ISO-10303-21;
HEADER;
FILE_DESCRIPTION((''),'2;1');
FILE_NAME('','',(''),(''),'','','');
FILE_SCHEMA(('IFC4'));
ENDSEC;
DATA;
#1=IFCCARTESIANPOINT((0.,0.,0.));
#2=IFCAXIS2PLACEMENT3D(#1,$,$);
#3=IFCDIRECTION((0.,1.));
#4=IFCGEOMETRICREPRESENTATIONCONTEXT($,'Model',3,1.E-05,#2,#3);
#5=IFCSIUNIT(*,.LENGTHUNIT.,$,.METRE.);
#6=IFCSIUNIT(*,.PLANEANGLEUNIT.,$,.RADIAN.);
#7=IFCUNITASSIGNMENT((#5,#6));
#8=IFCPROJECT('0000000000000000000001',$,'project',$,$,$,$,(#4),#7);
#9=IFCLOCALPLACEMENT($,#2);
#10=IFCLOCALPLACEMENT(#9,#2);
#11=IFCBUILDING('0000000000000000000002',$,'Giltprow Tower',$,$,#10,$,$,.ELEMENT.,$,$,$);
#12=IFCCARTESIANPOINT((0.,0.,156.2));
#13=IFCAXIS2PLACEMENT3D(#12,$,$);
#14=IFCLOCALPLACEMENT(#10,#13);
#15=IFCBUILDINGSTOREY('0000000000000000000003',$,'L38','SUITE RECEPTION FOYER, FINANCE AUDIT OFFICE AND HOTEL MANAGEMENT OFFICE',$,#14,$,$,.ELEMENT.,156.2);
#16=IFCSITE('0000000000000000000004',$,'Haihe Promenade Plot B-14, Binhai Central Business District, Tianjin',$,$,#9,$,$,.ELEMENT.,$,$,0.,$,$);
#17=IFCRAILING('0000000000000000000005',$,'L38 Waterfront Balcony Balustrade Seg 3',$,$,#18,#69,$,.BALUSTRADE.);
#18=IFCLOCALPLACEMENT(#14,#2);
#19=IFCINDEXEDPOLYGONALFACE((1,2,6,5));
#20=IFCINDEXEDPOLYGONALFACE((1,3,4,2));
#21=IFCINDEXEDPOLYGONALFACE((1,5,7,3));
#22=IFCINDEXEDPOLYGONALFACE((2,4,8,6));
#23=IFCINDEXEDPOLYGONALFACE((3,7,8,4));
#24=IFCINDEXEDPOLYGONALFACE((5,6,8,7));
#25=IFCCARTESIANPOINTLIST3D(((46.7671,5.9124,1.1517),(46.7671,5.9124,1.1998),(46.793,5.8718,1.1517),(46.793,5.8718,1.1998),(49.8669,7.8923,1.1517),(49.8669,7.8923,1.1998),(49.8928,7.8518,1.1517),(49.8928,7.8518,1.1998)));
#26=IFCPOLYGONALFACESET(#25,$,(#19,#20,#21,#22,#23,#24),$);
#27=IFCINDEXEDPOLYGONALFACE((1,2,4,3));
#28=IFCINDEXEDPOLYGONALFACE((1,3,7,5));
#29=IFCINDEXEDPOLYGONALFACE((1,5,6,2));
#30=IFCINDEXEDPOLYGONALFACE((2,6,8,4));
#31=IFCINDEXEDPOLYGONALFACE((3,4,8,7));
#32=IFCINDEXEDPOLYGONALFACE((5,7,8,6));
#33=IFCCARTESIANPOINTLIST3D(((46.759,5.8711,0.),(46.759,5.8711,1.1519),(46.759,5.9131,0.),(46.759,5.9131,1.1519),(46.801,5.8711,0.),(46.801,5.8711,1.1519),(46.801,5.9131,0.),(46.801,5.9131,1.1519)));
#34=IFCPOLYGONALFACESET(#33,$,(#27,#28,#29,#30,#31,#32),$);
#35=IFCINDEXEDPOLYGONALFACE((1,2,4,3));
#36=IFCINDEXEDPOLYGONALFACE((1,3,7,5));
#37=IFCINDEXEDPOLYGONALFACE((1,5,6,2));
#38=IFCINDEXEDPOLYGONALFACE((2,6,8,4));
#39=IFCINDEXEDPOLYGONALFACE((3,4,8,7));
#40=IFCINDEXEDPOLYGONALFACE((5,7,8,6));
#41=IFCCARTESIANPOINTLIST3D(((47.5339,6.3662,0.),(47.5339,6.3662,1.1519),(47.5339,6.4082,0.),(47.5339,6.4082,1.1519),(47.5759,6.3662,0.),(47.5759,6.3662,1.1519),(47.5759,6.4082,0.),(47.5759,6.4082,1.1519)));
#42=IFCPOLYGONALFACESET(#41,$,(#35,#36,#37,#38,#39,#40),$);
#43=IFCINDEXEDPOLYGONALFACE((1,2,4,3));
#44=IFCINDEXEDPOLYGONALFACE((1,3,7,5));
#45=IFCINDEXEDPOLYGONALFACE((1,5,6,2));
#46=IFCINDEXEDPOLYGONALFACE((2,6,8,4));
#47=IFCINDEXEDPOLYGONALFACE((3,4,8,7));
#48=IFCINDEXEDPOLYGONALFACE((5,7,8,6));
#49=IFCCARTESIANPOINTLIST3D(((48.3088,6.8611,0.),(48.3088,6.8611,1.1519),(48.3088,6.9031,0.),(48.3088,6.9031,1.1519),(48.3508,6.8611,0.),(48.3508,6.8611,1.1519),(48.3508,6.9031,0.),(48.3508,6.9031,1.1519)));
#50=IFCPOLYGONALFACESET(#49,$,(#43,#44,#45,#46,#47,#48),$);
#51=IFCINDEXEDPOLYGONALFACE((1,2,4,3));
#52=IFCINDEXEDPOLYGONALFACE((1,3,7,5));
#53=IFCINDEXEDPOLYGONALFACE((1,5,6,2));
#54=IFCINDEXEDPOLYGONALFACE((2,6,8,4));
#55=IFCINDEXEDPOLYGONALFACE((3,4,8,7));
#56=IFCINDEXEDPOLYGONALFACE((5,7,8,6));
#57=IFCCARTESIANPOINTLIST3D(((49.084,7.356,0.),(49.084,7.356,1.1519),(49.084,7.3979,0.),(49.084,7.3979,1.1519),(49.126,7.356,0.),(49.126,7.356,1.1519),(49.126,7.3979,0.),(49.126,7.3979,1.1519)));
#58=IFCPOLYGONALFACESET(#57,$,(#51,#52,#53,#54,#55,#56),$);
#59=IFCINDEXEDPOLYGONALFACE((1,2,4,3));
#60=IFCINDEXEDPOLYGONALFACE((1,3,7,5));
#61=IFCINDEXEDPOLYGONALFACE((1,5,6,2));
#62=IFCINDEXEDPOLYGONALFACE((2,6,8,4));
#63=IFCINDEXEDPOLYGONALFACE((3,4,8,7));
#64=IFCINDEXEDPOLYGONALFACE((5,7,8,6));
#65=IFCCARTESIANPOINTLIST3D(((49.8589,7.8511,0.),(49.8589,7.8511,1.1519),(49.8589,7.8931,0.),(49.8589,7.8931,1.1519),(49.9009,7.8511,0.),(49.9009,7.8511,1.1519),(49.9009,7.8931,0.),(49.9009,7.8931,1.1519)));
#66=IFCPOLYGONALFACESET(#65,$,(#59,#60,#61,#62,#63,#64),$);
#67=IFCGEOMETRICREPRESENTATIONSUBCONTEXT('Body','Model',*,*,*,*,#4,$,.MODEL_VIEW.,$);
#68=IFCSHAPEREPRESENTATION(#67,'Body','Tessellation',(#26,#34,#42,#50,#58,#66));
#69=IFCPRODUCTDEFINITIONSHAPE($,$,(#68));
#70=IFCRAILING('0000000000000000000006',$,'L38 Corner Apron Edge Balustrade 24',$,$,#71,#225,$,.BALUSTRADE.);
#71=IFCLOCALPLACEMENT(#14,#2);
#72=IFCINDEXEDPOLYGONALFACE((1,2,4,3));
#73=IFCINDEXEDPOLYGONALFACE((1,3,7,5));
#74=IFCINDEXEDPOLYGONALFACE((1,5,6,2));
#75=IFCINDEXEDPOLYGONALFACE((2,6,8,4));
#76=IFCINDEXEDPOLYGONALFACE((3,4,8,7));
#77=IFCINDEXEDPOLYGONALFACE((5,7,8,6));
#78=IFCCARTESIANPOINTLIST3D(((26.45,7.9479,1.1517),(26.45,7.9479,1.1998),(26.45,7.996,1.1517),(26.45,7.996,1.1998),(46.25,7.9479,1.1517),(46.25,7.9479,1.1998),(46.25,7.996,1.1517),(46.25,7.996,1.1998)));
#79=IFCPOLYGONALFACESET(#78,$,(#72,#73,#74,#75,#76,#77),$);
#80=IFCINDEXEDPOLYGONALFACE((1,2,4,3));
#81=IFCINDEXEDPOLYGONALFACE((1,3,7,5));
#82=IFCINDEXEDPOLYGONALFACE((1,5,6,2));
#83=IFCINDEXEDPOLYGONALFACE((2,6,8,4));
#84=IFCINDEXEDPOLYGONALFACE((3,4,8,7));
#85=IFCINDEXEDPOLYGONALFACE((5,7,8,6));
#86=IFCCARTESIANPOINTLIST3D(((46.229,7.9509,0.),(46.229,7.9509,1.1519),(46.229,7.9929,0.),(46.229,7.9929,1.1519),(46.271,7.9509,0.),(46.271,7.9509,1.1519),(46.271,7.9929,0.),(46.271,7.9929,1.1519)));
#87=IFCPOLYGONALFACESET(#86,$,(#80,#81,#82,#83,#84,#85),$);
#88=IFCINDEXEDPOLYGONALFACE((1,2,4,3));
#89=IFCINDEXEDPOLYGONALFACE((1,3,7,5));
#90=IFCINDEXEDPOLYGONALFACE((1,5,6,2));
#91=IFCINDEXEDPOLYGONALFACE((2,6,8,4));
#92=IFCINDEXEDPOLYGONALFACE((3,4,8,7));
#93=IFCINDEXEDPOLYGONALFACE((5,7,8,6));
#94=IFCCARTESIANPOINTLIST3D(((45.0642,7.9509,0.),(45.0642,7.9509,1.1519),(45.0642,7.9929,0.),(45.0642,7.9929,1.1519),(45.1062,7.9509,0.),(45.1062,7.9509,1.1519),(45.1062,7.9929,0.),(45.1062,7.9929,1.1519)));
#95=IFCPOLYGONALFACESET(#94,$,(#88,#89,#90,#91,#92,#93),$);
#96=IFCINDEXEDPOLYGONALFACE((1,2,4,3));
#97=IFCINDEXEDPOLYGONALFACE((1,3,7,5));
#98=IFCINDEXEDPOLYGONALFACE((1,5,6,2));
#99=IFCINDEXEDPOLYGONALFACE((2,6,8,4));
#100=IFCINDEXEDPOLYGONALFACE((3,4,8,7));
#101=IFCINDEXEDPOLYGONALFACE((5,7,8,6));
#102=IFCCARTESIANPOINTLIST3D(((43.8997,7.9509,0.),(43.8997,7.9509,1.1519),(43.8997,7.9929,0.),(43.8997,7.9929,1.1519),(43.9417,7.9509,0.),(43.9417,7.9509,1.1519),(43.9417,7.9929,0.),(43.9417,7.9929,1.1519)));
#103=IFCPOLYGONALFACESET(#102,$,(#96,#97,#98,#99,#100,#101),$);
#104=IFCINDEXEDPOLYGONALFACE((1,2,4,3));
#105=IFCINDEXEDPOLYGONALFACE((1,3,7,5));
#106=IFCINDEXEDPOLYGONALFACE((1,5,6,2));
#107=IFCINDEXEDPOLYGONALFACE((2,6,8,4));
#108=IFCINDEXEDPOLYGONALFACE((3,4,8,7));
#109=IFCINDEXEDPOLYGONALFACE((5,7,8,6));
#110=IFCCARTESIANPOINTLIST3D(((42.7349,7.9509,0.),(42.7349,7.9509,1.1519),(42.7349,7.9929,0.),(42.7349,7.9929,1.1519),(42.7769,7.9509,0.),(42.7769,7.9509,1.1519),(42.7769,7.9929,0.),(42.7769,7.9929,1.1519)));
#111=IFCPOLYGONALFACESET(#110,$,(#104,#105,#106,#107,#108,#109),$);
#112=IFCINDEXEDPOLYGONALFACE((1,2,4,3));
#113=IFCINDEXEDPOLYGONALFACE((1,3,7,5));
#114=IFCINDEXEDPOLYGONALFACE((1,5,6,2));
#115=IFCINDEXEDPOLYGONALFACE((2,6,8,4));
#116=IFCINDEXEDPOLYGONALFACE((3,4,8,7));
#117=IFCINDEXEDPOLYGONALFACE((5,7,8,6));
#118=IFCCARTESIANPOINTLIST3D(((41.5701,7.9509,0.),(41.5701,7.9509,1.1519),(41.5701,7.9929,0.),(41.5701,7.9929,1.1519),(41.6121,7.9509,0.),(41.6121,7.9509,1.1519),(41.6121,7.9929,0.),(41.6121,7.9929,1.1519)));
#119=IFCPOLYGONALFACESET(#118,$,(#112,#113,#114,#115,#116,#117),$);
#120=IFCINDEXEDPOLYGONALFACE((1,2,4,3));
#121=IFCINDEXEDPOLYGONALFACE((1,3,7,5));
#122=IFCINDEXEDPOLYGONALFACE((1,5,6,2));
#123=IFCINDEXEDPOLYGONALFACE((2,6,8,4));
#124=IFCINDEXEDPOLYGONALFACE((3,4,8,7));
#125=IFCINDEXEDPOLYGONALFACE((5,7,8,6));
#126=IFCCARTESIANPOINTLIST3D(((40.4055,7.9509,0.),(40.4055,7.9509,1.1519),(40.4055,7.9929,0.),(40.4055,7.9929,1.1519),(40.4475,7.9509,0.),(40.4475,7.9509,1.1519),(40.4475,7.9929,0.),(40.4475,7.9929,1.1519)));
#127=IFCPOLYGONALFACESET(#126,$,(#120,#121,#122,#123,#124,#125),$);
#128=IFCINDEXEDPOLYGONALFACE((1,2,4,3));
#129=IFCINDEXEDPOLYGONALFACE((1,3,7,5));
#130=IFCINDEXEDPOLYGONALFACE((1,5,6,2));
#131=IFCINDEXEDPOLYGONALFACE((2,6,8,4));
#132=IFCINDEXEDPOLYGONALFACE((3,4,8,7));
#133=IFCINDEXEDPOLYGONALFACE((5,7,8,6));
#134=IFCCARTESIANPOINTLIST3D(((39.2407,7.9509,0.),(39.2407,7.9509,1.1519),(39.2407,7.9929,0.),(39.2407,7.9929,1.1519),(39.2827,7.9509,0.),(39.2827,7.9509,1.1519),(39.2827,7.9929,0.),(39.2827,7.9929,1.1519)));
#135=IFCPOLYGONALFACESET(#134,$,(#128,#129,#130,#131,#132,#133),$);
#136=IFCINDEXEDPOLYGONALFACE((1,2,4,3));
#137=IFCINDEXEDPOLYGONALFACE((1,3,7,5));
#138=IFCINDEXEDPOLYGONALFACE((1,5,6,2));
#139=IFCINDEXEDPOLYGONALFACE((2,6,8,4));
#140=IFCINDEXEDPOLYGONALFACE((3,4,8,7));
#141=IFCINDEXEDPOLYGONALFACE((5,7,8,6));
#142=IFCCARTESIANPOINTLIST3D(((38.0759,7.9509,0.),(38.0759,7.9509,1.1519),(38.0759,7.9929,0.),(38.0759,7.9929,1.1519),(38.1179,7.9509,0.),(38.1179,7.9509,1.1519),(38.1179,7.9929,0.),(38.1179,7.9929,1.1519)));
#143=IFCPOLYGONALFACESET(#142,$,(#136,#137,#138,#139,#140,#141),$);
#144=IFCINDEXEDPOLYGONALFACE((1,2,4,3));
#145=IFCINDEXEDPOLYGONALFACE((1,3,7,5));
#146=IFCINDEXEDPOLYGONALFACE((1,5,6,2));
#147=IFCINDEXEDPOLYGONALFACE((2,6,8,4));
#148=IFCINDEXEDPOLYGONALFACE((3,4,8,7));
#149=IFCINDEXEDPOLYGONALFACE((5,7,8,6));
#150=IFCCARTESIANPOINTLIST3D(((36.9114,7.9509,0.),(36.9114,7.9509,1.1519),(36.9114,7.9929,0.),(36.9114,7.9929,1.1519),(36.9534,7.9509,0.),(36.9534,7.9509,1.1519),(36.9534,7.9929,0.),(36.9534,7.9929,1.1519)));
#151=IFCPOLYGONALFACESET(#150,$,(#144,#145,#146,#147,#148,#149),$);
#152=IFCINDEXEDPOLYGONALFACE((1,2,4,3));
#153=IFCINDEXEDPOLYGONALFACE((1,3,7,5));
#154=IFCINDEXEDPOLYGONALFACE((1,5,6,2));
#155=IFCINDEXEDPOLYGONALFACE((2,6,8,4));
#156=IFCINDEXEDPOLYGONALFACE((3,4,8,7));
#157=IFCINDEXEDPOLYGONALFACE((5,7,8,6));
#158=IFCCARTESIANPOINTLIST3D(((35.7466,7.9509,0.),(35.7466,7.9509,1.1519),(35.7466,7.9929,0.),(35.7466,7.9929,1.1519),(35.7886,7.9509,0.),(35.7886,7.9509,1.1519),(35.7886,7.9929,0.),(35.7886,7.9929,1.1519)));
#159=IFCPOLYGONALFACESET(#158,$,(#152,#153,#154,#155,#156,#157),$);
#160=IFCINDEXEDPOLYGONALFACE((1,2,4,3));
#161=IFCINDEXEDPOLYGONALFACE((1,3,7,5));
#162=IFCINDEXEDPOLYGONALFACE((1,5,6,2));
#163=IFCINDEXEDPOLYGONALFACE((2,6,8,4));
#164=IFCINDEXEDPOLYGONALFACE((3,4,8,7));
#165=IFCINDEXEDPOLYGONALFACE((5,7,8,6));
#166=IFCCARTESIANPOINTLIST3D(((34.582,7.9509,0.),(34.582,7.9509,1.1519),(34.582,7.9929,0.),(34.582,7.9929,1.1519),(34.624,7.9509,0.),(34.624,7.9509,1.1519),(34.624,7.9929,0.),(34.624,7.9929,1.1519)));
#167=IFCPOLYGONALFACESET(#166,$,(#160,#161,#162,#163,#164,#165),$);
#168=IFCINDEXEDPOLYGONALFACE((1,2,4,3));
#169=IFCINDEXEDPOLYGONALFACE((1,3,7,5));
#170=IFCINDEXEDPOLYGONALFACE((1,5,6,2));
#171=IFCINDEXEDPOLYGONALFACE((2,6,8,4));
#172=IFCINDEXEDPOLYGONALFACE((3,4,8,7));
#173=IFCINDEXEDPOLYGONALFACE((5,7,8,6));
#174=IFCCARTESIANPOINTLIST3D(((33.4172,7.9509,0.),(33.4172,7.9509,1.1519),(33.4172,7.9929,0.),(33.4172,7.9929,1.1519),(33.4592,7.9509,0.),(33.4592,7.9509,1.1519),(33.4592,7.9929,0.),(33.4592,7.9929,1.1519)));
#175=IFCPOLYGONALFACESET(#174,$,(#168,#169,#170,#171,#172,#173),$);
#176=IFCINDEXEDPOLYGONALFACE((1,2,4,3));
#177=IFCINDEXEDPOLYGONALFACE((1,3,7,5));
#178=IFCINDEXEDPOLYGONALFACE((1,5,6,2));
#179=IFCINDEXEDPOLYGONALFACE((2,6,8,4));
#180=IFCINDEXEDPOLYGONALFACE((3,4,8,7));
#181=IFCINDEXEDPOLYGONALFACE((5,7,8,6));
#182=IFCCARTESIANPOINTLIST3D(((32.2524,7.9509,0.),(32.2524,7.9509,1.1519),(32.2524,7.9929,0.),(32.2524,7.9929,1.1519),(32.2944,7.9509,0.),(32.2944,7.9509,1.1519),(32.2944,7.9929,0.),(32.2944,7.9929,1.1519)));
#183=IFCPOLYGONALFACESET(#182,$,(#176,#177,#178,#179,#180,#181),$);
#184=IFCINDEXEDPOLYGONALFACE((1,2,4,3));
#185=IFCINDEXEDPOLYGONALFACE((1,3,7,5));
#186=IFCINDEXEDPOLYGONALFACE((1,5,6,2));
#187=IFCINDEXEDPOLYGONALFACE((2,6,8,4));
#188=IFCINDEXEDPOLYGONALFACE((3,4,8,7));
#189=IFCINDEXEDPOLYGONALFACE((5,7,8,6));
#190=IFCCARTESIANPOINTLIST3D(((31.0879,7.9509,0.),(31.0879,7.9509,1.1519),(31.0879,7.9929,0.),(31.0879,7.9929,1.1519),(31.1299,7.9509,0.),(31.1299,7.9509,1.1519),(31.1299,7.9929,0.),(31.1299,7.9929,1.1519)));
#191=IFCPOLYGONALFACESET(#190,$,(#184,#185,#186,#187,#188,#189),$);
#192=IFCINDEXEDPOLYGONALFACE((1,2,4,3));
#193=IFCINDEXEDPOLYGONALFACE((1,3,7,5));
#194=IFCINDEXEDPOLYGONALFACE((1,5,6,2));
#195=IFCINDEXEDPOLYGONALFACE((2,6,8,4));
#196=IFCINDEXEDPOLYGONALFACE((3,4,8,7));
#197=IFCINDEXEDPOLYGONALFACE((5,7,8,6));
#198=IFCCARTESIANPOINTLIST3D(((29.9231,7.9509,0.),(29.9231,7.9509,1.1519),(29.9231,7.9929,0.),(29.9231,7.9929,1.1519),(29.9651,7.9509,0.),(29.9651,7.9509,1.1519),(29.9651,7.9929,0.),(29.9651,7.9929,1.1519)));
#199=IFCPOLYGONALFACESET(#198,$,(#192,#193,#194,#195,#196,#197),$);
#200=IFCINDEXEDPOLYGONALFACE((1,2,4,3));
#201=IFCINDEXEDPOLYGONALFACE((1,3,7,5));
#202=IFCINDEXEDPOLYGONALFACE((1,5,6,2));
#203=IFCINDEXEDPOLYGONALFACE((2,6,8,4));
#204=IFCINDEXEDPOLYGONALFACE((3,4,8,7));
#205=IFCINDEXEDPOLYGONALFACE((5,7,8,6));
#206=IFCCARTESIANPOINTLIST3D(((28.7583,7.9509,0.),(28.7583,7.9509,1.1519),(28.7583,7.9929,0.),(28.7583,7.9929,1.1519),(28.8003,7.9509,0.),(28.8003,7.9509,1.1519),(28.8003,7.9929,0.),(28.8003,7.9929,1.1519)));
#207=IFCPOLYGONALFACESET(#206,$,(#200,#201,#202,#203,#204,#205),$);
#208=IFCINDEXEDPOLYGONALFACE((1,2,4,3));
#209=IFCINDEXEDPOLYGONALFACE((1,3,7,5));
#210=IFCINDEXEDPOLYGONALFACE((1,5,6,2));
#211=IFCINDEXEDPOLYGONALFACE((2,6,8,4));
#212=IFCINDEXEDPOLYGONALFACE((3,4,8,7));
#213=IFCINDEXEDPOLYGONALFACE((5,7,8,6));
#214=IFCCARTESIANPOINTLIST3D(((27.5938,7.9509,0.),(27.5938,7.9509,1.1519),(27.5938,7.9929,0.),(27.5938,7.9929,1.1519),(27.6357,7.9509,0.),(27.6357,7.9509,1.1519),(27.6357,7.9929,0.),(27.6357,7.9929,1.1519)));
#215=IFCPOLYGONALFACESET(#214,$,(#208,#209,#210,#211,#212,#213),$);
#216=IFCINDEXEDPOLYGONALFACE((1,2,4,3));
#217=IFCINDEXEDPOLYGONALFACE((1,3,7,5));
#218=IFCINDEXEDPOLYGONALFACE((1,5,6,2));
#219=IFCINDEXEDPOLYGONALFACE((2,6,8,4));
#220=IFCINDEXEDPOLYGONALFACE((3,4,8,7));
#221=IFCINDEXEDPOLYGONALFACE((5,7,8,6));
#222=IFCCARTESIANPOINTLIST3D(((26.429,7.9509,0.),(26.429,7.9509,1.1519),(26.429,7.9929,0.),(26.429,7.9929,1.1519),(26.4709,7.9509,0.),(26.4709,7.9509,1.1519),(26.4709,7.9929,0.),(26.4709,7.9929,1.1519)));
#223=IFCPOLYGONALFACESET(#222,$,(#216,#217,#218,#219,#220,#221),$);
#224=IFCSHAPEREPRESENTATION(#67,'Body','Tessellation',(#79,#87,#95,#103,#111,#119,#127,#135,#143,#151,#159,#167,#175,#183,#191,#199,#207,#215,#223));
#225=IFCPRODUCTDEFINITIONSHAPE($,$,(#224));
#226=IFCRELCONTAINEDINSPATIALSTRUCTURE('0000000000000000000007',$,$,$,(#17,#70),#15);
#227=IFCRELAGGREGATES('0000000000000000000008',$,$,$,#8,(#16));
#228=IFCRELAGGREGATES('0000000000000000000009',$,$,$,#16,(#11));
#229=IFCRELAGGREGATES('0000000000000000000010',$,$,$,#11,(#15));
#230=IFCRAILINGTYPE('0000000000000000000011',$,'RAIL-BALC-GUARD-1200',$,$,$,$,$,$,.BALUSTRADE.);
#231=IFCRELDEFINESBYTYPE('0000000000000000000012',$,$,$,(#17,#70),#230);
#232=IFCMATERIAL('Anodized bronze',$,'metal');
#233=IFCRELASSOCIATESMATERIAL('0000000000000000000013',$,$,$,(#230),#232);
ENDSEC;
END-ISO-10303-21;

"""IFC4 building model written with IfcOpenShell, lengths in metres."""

from ifc_helpers import new_model, si_unit, direction, frame, origin, origin_2d, place, context, subcontext, project, spatial, rectangle, extrude, material, type_object, element, save


model = new_model("IFC4")

# Units and contexts
model_context = context("Model", 3, precision=1e-05, world=origin(), true_north=direction((0.0, 1.0)))
body_context = subcontext(model_context, "Body", "Model", "MODEL_VIEW")
ifc_project = project(units=[si_unit("LENGTHUNIT", "METRE"), si_unit("PLANEANGLEUNIT", "RADIAN")], contexts=[model_context])

# Site, building, storey
site_placement = place(None, origin())
site = spatial("IfcSite", under=ifc_project, at=site_placement, Name="Haihe Promenade Plot B-14, Binhai Central Business District, Tianjin", CompositionType="ELEMENT", RefElevation=0.0)
building_placement = place(site_placement, origin())
building = spatial("IfcBuilding", under=site, at=building_placement, Name="Giltprow Tower", CompositionType="ELEMENT")
storey_placement = place(building_placement, frame((0.0, 0.0, 156.2)))
storey = spatial("IfcBuildingStorey", under=building, at=storey_placement, Name="L38", Description="SUITE RECEPTION FOYER, FINANCE AUDIT OFFICE AND HOTEL MANAGEMENT OFFICE", CompositionType="ELEMENT", Elevation=156.2)

# Shared definitions
ifc_material_1 = material(Name="Anodized bronze", Category="metal")

# Railings
railing_type = type_object("IfcRailingType", Name="RAIL-BALC-GUARD-1200", PredefinedType="BALUSTRADE", material=ifc_material_1)
railing_1_placement = place(storey_placement, frame((46.78, 5.8921, 0.0)))
element("IfcRailing", 1, at=railing_1_placement, inside=storey, type_object=railing_type, Name="L38 Waterfront Balcony Balustrade Seg 3", PredefinedType="BALUSTRADE", context=body_context, shape_type="SweptSolid", body=[
    extrude(rectangle(XDim=0.0481, YDim=0.0481, at=origin_2d()), frame((0.0, 0.0, 1.1758), z_axis=(0.842756, 0.538296, 0.0), x_axis=(-0.538296, 0.842756, 0.0)), (0.0, 0.0, 1.0), 3.6782),
    extrude(rectangle(XDim=0.042, YDim=0.042, at=origin_2d()), origin(), (0.0, 0.0, 1.0), 1.1519),
    extrude(rectangle(XDim=0.042, YDim=0.042, at=origin_2d()), frame((0.7749, 0.4951, 0.0)), (0.0, 0.0, 1.0), 1.1519),
    extrude(rectangle(XDim=0.042, YDim=0.042, at=origin_2d()), frame((1.5498, 0.99, 0.0)), (0.0, 0.0, 1.0), 1.1519),
    extrude(rectangle(XDim=0.042, YDim=0.042, at=origin_2d()), frame((2.325, 1.4849, 0.0)), (0.0, 0.0, 1.0), 1.1519),
    extrude(rectangle(XDim=0.042, YDim=0.042, at=origin_2d()), frame((3.0999, 1.98, 0.0)), (0.0, 0.0, 1.0), 1.1519),
])
railing_2_placement = place(storey_placement, frame((46.25, 7.9719, 0.0)))
element("IfcRailing", 2, at=railing_2_placement, inside=storey, type_object=railing_type, Name="L38 Corner Apron Edge Balustrade 24", PredefinedType="BALUSTRADE", context=body_context, shape_type="SweptSolid", body=[
    extrude(rectangle(XDim=0.0481, YDim=0.0481, at=origin_2d()), frame((0.0, 0.0, 1.1758), z_axis=(-1.0, 0.0, 0.0), x_axis=(0.0, -1.0, 0.0)), (0.0, 0.0, 1.0), 19.8),
    extrude(rectangle(XDim=0.042, YDim=0.042, at=origin_2d()), origin(), (0.0, 0.0, 1.0), 1.1519),
    extrude(rectangle(XDim=0.042, YDim=0.042, at=origin_2d()), frame((-1.1648, 0.0, 0.0)), (0.0, 0.0, 1.0), 1.1519),
    extrude(rectangle(XDim=0.042, YDim=0.042, at=origin_2d()), frame((-2.3293, 0.0, 0.0)), (0.0, 0.0, 1.0), 1.1519),
    extrude(rectangle(XDim=0.042, YDim=0.042, at=origin_2d()), frame((-3.4941, 0.0, 0.0)), (0.0, 0.0, 1.0), 1.1519),
    extrude(rectangle(XDim=0.042, YDim=0.042, at=origin_2d()), frame((-4.6589, 0.0, 0.0)), (0.0, 0.0, 1.0), 1.1519),
    extrude(rectangle(XDim=0.042, YDim=0.042, at=origin_2d()), frame((-5.8235, 0.0, 0.0)), (0.0, 0.0, 1.0), 1.1519),
    extrude(rectangle(XDim=0.042, YDim=0.042, at=origin_2d()), frame((-6.9883, 0.0, 0.0)), (0.0, 0.0, 1.0), 1.1519),
    extrude(rectangle(XDim=0.042, YDim=0.042, at=origin_2d()), frame((-8.1531, 0.0, 0.0)), (0.0, 0.0, 1.0), 1.1519),
    extrude(rectangle(XDim=0.042, YDim=0.042, at=origin_2d()), frame((-9.3176, 0.0, 0.0)), (0.0, 0.0, 1.0), 1.1519),
    extrude(rectangle(XDim=0.042, YDim=0.042, at=origin_2d()), frame((-10.4824, 0.0, 0.0)), (0.0, 0.0, 1.0), 1.1519),
    extrude(rectangle(XDim=0.042, YDim=0.042, at=origin_2d()), frame((-11.647, 0.0, 0.0)), (0.0, 0.0, 1.0), 1.1519),
    extrude(rectangle(XDim=0.042, YDim=0.042, at=origin_2d()), frame((-12.8118, 0.0, 0.0)), (0.0, 0.0, 1.0), 1.1519),
    extrude(rectangle(XDim=0.042, YDim=0.042, at=origin_2d()), frame((-13.9766, 0.0, 0.0)), (0.0, 0.0, 1.0), 1.1519),
    extrude(rectangle(XDim=0.042, YDim=0.042, at=origin_2d()), frame((-15.1411, 0.0, 0.0)), (0.0, 0.0, 1.0), 1.1519),
    extrude(rectangle(XDim=0.042, YDim=0.042, at=origin_2d()), frame((-16.3059, 0.0, 0.0)), (0.0, 0.0, 1.0), 1.1519),
    extrude(rectangle(XDim=0.042, YDim=0.042, at=origin_2d()), frame((-17.4707, 0.0, 0.0)), (0.0, 0.0, 1.0), 1.1519),
    extrude(rectangle(XDim=0.042, YDim=0.042, at=origin_2d()), frame((-18.6353, 0.0, 0.0)), (0.0, 0.0, 1.0), 1.1519),
    extrude(rectangle(XDim=0.042, YDim=0.042, at=origin_2d()), frame((-19.8, 0.0, 0.0)), (0.0, 0.0, 1.0), 1.1519),
])

save(model, "model.ifc")
